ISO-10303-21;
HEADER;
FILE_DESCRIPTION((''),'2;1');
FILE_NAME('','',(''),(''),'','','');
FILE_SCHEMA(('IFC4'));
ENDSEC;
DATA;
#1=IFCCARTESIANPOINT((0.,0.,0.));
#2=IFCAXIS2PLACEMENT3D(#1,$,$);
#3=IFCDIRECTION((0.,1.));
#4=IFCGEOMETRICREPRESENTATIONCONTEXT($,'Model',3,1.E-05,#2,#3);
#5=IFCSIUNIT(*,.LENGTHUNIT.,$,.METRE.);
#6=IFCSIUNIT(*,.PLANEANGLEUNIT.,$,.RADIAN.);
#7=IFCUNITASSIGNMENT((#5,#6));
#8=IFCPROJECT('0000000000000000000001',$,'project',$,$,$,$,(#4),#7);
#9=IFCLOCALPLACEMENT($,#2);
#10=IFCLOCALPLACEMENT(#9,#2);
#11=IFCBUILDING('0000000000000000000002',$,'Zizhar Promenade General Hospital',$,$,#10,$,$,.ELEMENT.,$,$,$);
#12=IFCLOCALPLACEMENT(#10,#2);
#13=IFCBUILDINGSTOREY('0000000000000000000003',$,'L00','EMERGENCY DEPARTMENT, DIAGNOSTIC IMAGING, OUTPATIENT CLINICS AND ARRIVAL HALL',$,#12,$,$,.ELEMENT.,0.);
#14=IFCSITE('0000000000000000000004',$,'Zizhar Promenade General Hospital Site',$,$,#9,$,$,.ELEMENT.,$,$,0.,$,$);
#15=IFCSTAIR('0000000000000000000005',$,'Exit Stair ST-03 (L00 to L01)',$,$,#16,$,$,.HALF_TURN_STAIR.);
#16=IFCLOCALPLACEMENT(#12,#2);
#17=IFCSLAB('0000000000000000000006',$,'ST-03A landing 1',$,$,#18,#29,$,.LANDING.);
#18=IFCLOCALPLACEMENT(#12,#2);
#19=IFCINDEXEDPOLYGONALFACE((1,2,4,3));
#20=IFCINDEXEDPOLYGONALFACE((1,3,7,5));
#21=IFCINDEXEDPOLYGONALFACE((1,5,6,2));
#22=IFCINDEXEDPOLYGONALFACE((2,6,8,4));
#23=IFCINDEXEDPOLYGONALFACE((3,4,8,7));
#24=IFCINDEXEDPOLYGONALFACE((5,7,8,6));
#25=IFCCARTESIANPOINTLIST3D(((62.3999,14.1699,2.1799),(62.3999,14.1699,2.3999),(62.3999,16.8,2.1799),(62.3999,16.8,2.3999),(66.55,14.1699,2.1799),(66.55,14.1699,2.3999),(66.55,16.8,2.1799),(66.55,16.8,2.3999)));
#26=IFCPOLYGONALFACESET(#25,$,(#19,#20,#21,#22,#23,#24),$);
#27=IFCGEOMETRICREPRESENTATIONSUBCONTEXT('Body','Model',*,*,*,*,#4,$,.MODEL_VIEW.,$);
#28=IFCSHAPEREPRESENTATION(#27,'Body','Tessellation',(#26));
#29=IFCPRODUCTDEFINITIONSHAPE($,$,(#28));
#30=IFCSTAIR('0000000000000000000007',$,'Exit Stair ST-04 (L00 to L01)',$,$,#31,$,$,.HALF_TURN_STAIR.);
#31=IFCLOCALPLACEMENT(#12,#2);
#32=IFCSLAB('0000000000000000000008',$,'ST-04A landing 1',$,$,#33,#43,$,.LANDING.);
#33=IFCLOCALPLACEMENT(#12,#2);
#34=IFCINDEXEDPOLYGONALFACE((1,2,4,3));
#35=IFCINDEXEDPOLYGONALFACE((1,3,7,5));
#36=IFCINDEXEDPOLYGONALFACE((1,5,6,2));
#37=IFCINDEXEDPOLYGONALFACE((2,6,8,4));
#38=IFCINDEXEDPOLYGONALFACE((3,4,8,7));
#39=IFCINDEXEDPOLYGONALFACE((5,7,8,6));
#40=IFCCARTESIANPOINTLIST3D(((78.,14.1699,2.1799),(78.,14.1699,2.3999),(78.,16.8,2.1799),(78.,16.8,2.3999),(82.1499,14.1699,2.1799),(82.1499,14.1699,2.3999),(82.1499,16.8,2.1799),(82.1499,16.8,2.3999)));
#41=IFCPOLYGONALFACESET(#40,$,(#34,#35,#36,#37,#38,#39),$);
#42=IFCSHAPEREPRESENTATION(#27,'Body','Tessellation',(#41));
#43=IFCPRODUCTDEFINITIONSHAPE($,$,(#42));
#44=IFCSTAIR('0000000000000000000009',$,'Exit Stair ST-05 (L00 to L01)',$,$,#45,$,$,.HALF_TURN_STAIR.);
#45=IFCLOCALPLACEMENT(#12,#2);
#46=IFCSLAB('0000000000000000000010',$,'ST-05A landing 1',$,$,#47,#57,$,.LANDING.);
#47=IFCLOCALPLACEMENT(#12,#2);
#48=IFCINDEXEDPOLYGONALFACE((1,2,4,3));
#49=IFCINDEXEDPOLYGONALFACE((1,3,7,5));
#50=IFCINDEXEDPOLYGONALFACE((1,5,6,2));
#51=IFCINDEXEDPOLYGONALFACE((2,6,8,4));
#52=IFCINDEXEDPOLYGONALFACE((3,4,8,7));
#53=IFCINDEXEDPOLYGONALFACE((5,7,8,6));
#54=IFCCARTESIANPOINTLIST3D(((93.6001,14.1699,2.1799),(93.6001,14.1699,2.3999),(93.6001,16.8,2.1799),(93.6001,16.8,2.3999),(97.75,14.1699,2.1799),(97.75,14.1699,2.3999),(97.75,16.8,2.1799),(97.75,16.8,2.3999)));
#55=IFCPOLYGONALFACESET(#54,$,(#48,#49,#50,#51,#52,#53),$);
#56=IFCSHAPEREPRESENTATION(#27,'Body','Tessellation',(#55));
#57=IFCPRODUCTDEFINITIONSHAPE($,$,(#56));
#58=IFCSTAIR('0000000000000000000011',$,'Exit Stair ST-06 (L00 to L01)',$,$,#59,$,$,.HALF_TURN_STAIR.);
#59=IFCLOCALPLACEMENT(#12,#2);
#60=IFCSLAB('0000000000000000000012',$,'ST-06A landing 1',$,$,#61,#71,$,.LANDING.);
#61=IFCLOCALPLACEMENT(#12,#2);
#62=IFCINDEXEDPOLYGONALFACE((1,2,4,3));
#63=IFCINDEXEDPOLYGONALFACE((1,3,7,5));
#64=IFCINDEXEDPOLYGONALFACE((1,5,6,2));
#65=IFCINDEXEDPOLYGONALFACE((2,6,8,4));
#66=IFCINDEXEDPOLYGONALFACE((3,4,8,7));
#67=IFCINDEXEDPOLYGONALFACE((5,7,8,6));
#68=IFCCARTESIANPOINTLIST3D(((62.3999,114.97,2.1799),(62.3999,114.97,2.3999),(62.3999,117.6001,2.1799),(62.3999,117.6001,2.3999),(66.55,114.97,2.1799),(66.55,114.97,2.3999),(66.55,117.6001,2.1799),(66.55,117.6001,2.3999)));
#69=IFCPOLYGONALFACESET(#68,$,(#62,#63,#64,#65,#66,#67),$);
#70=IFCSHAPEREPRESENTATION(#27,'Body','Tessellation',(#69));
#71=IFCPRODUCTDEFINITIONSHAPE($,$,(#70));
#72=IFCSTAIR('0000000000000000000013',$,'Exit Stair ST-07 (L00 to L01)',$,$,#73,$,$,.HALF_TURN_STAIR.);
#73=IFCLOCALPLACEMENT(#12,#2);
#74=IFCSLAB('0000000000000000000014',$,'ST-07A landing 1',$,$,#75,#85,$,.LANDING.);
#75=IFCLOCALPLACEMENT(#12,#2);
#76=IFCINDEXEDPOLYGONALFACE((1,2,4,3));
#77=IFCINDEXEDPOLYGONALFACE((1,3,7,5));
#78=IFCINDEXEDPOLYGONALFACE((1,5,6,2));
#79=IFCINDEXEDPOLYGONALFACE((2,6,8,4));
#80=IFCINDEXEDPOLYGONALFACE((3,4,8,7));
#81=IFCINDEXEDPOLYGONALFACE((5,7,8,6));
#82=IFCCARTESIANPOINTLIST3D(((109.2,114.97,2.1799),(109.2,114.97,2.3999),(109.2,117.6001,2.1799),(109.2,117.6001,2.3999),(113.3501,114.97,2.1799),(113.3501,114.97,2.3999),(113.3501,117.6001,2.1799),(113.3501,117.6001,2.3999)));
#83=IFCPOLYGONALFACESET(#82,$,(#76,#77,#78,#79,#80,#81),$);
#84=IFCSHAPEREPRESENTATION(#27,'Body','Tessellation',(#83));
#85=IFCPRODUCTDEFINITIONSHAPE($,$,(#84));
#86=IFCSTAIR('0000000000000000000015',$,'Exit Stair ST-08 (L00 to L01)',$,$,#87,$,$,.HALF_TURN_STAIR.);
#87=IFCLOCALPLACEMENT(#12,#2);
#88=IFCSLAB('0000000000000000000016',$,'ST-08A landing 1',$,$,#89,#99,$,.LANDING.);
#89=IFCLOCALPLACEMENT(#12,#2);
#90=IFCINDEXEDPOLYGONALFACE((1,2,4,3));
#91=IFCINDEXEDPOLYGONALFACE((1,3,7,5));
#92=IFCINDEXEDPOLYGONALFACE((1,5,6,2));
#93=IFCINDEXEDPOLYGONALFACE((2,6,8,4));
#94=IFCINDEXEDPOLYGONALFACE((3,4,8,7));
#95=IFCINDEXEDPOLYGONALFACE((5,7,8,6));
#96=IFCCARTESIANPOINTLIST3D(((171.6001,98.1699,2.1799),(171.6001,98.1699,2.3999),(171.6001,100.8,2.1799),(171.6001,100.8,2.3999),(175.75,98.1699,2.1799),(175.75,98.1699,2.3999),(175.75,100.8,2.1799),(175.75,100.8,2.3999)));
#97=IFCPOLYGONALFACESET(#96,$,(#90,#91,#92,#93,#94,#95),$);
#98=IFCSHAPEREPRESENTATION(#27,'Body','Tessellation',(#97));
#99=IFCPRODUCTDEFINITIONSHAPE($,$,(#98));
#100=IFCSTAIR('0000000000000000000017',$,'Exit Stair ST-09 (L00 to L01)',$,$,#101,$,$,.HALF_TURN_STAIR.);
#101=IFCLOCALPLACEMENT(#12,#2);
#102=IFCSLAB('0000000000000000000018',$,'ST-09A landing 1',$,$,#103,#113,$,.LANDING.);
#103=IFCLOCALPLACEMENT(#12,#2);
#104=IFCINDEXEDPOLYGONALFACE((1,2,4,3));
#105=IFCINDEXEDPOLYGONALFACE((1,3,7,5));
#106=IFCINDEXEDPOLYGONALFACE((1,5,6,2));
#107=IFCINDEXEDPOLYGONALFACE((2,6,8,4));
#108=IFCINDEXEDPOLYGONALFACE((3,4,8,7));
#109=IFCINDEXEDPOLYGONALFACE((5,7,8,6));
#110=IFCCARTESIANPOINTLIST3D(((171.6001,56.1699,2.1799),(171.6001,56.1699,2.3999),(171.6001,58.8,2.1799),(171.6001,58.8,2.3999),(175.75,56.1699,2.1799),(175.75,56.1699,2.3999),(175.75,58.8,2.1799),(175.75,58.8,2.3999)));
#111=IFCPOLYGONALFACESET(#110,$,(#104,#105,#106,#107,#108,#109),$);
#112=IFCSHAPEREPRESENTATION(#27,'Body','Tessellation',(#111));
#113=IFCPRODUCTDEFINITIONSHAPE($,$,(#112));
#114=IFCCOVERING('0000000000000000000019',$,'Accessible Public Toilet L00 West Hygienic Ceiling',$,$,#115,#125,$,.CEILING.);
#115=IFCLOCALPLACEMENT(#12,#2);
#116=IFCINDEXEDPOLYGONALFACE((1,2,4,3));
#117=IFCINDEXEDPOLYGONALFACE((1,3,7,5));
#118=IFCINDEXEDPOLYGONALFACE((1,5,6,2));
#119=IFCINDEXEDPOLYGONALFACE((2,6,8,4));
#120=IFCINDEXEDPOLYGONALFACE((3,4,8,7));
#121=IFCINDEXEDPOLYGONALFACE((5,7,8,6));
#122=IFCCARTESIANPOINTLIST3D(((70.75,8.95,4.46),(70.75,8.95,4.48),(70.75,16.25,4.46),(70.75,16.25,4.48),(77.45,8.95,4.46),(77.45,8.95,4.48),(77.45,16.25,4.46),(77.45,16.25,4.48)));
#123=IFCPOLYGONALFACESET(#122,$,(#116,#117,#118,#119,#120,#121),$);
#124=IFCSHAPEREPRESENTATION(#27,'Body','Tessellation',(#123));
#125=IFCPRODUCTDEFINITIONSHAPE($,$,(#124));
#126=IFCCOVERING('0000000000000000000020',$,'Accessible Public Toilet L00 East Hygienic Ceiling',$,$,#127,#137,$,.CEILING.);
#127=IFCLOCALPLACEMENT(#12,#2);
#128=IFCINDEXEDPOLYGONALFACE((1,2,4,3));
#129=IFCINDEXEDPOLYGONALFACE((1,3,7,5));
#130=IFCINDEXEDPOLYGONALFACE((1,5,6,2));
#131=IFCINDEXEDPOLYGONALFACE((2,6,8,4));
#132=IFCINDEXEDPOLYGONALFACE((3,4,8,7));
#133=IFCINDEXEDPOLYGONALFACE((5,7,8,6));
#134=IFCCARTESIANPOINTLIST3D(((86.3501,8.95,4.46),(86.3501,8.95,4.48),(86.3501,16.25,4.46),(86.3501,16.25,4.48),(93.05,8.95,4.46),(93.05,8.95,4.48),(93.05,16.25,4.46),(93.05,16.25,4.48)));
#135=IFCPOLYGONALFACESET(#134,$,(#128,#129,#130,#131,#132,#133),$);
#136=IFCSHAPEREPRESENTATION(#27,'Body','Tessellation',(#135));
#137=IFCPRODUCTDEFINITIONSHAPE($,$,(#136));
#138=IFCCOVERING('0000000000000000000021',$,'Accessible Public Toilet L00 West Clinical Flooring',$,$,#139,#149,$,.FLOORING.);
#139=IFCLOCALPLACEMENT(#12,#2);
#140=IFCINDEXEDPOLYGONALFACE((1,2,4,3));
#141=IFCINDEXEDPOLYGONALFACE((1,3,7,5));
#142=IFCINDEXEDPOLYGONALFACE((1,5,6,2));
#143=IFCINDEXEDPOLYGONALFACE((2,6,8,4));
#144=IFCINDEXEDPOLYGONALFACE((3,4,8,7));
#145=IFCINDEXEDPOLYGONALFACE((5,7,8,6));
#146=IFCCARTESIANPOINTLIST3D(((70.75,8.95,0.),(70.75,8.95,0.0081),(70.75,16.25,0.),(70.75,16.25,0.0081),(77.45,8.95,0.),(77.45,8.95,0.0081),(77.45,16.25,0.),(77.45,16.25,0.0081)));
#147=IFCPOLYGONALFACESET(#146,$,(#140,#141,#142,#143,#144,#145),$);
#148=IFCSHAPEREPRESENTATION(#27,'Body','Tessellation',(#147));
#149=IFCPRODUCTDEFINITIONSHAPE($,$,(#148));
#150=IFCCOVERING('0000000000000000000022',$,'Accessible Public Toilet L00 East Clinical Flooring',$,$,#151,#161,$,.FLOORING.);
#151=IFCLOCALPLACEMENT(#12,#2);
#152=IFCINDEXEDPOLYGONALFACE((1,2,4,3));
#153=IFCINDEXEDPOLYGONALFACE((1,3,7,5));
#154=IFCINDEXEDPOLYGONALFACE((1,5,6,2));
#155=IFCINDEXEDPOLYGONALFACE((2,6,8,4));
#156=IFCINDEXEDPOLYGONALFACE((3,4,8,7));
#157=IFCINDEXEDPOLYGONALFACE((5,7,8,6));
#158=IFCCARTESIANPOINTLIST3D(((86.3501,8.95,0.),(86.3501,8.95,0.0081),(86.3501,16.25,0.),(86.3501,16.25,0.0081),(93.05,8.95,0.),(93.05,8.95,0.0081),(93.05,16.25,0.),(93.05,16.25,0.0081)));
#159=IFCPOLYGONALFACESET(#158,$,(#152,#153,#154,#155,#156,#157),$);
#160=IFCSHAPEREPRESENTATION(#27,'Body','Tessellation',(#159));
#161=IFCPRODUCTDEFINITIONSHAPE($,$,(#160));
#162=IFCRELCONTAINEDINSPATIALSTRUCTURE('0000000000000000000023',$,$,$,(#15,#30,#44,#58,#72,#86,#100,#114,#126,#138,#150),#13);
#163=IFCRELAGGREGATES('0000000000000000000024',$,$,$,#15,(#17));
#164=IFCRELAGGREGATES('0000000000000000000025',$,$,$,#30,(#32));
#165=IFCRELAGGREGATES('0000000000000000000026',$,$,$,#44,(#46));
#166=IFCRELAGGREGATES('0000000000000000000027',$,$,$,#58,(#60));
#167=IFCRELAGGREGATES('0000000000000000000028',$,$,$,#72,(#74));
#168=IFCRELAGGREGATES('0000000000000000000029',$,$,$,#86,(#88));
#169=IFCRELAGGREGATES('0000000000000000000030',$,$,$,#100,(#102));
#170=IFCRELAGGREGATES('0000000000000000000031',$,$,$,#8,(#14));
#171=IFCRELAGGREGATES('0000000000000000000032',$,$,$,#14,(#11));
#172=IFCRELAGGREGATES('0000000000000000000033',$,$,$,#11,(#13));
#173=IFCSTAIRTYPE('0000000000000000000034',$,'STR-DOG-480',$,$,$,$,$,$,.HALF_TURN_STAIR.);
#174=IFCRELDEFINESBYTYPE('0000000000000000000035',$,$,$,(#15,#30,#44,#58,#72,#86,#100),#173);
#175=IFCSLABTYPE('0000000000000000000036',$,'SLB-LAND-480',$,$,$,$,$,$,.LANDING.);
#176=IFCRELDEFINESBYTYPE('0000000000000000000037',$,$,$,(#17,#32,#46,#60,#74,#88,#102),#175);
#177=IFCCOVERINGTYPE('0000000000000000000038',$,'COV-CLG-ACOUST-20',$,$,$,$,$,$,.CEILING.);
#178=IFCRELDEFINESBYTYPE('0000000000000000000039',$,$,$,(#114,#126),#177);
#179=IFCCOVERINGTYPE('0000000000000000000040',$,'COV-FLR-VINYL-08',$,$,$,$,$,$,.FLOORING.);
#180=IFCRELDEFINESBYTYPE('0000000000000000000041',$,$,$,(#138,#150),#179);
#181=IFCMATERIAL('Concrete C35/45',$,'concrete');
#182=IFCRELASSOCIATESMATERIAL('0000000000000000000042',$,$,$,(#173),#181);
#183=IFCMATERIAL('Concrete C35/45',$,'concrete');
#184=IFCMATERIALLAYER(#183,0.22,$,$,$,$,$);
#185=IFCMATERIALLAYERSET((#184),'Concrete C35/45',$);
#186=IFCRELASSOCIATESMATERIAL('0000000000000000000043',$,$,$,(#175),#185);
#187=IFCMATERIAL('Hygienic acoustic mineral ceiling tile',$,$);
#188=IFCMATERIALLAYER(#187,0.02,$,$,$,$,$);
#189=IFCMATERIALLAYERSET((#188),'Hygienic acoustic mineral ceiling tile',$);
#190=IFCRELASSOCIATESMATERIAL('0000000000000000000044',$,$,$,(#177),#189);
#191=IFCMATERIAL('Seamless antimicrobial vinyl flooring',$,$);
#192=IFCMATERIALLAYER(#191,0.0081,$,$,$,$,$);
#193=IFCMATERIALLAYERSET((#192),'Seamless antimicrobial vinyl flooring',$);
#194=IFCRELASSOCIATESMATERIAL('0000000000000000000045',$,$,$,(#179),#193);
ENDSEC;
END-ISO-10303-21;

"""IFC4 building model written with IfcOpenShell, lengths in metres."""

from ifc_helpers import new_model, si_unit, direction, frame, origin, place, context, subcontext, project, spatial, polyline, outline, extrude, material, layer, layer_set, type_object, element, aggregate, save


model = new_model("IFC4")

# Units and contexts
model_context = context("Model", 3, precision=1e-05, world=origin(), true_north=direction((0.0, 1.0)))
body_context = subcontext(model_context, "Body", "Model", "MODEL_VIEW")
ifc_project = project(units=[si_unit("LENGTHUNIT", "METRE"), si_unit("PLANEANGLEUNIT", "RADIAN")], contexts=[model_context])

# Site, building, storey
site_placement = place(None, origin())
site = spatial("IfcSite", under=ifc_project, at=site_placement, Name="Zizhar Promenade General Hospital Site", CompositionType="ELEMENT", RefElevation=0.0)
building_placement = place(site_placement, origin())
building = spatial("IfcBuilding", under=site, at=building_placement, Name="Zizhar Promenade General Hospital", CompositionType="ELEMENT")
storey_placement = place(building_placement, origin())
storey = spatial("IfcBuildingStorey", under=building, at=storey_placement, Name="L00", Description="EMERGENCY DEPARTMENT, DIAGNOSTIC IMAGING, OUTPATIENT CLINICS AND ARRIVAL HALL", CompositionType="ELEMENT", Elevation=0.0)

# Stairs, slabs
ifc_material_1 = material(Name="Concrete C35/45", Category="concrete")
stair_type = type_object("IfcStairType", Name="STR-DOG-480", PredefinedType="HALF_TURN_STAIR", material=ifc_material_1)
ifc_material_2 = material(Name="Concrete C35/45", Category="concrete")
ifc_layer_1 = layer(ifc_material_2, 0.22)
ifc_layer_set_1 = layer_set([ifc_layer_1], Name="Concrete C35/45")
slab_type_1 = type_object("IfcSlabType", Name="SLB-LAND-480", PredefinedType="LANDING", material=ifc_layer_set_1)
stair_1_placement = place(storey_placement, origin())
stair_1 = element("IfcStair", 1, at=stair_1_placement, inside=storey, type_object=stair_type, Name="Exit Stair ST-03 (L00 to L01)", PredefinedType="HALF_TURN_STAIR")
slab_1_placement = place(storey_placement, frame((0.0, 0.0, 2.1799)))
slab_1 = element("IfcSlab", 2, at=slab_1_placement, type_object=slab_type_1, Name="ST-03A landing 1", PredefinedType="LANDING", context=body_context, shape_type="SweptSolid", body=[
    extrude(outline(polyline([(62.3999, 14.1699), (66.55, 14.1699), (66.55, 16.8), (62.3999, 16.8), (62.3999, 14.1699)])), origin(), (0.0, 0.0, 1.0), 0.22),
])
aggregate(stair_1, [slab_1])
stair_2_placement = place(storey_placement, origin())
stair_2 = element("IfcStair", 3, at=stair_2_placement, inside=storey, type_object=stair_type, Name="Exit Stair ST-04 (L00 to L01)", PredefinedType="HALF_TURN_STAIR")
slab_2_placement = place(storey_placement, frame((0.0, 0.0, 2.1799)))
slab_2 = element("IfcSlab", 4, at=slab_2_placement, type_object=slab_type_1, Name="ST-04A landing 1", PredefinedType="LANDING", context=body_context, shape_type="SweptSolid", body=[
    extrude(outline(polyline([(78.0, 14.1699), (82.1499, 14.1699), (82.1499, 16.8), (78.0, 16.8), (78.0, 14.1699)])), origin(), (0.0, 0.0, 1.0), 0.22),
])
aggregate(stair_2, [slab_2])
stair_3_placement = place(storey_placement, origin())
stair_3 = element("IfcStair", 5, at=stair_3_placement, inside=storey, type_object=stair_type, Name="Exit Stair ST-05 (L00 to L01)", PredefinedType="HALF_TURN_STAIR")
slab_3_placement = place(storey_placement, frame((0.0, 0.0, 2.1799)))
slab_3 = element("IfcSlab", 6, at=slab_3_placement, type_object=slab_type_1, Name="ST-05A landing 1", PredefinedType="LANDING", context=body_context, shape_type="SweptSolid", body=[
    extrude(outline(polyline([(93.6001, 14.1699), (97.75, 14.1699), (97.75, 16.8), (93.6001, 16.8), (93.6001, 14.1699)])), origin(), (0.0, 0.0, 1.0), 0.22),
])
aggregate(stair_3, [slab_3])
stair_4_placement = place(storey_placement, origin())
stair_4 = element("IfcStair", 7, at=stair_4_placement, inside=storey, type_object=stair_type, Name="Exit Stair ST-06 (L00 to L01)", PredefinedType="HALF_TURN_STAIR")
slab_4_placement = place(storey_placement, frame((0.0, 0.0, 2.1799)))
slab_4 = element("IfcSlab", 8, at=slab_4_placement, type_object=slab_type_1, Name="ST-06A landing 1", PredefinedType="LANDING", context=body_context, shape_type="SweptSolid", body=[
    extrude(outline(polyline([(62.3999, 114.97), (66.55, 114.97), (66.55, 117.6001), (62.3999, 117.6001), (62.3999, 114.97)])), origin(), (0.0, 0.0, 1.0), 0.22),
])
aggregate(stair_4, [slab_4])
stair_5_placement = place(storey_placement, origin())
stair_5 = element("IfcStair", 9, at=stair_5_placement, inside=storey, type_object=stair_type, Name="Exit Stair ST-07 (L00 to L01)", PredefinedType="HALF_TURN_STAIR")
slab_5_placement = place(storey_placement, frame((0.0, 0.0, 2.1799)))
slab_5 = element("IfcSlab", 10, at=slab_5_placement, type_object=slab_type_1, Name="ST-07A landing 1", PredefinedType="LANDING", context=body_context, shape_type="SweptSolid", body=[
    extrude(outline(polyline([(109.2, 114.97), (113.3501, 114.97), (113.3501, 117.6001), (109.2, 117.6001), (109.2, 114.97)])), origin(), (0.0, 0.0, 1.0), 0.22),
])
aggregate(stair_5, [slab_5])
stair_6_placement = place(storey_placement, origin())
stair_6 = element("IfcStair", 11, at=stair_6_placement, inside=storey, type_object=stair_type, Name="Exit Stair ST-08 (L00 to L01)", PredefinedType="HALF_TURN_STAIR")
slab_6_placement = place(storey_placement, frame((0.0, 0.0, 2.1799)))
slab_6 = element("IfcSlab", 12, at=slab_6_placement, type_object=slab_type_1, Name="ST-08A landing 1", PredefinedType="LANDING", context=body_context, shape_type="SweptSolid", body=[
    extrude(outline(polyline([(171.6001, 98.1699), (175.75, 98.1699), (175.75, 100.8), (171.6001, 100.8), (171.6001, 98.1699)])), origin(), (0.0, 0.0, 1.0), 0.22),
])
aggregate(stair_6, [slab_6])
stair_7_placement = place(storey_placement, origin())
stair_7 = element("IfcStair", 13, at=stair_7_placement, inside=storey, type_object=stair_type, Name="Exit Stair ST-09 (L00 to L01)", PredefinedType="HALF_TURN_STAIR")
slab_7_placement = place(storey_placement, frame((0.0, 0.0, 2.1799)))
slab_7 = element("IfcSlab", 14, at=slab_7_placement, type_object=slab_type_1, Name="ST-09A landing 1", PredefinedType="LANDING", context=body_context, shape_type="SweptSolid", body=[
    extrude(outline(polyline([(171.6001, 56.1699), (175.75, 56.1699), (175.75, 58.8), (171.6001, 58.8), (171.6001, 56.1699)])), origin(), (0.0, 0.0, 1.0), 0.22),
])
aggregate(stair_7, [slab_7])

# Coverings
ifc_material_3 = material(Name="Hygienic acoustic mineral ceiling tile")
ifc_layer_2 = layer(ifc_material_3, 0.02)
ifc_layer_set_2 = layer_set([ifc_layer_2], Name="Hygienic acoustic mineral ceiling tile")
covering_type_1 = type_object("IfcCoveringType", Name="COV-CLG-ACOUST-20", PredefinedType="CEILING", material=ifc_layer_set_2)
covering_1_placement = place(storey_placement, frame((0.0, 0.0, 4.46)))
element("IfcCovering", 15, at=covering_1_placement, inside=storey, type_object=covering_type_1, Name="Accessible Public Toilet L00 West Hygienic Ceiling", PredefinedType="CEILING", context=body_context, shape_type="SweptSolid", body=[
    extrude(outline(polyline([(70.75, 8.95), (77.45, 8.95), (77.45, 16.25), (70.75, 16.25), (70.75, 8.95)])), origin(), (0.0, 0.0, 1.0), 0.02),
])
covering_2_placement = place(storey_placement, frame((0.0, 0.0, 4.46)))
element("IfcCovering", 16, at=covering_2_placement, inside=storey, type_object=covering_type_1, Name="Accessible Public Toilet L00 East Hygienic Ceiling", PredefinedType="CEILING", context=body_context, shape_type="SweptSolid", body=[
    extrude(outline(polyline([(86.3501, 8.95), (93.05, 8.95), (93.05, 16.25), (86.3501, 16.25), (86.3501, 8.95)])), origin(), (0.0, 0.0, 1.0), 0.02),
])
ifc_material_4 = material(Name="Seamless antimicrobial vinyl flooring")
ifc_layer_3 = layer(ifc_material_4, 0.0081)
ifc_layer_set_3 = layer_set([ifc_layer_3], Name="Seamless antimicrobial vinyl flooring")
covering_type_2 = type_object("IfcCoveringType", Name="COV-FLR-VINYL-08", PredefinedType="FLOORING", material=ifc_layer_set_3)
covering_3_placement = place(storey_placement, origin())
element("IfcCovering", 17, at=covering_3_placement, inside=storey, type_object=covering_type_2, Name="Accessible Public Toilet L00 West Clinical Flooring", PredefinedType="FLOORING", context=body_context, shape_type="SweptSolid", body=[
    extrude(outline(polyline([(70.75, 8.95), (77.45, 8.95), (77.45, 16.25), (70.75, 16.25), (70.75, 8.95)])), origin(), (0.0, 0.0, 1.0), 0.0081),
])
covering_4_placement = place(storey_placement, origin())
element("IfcCovering", 18, at=covering_4_placement, inside=storey, type_object=covering_type_2, Name="Accessible Public Toilet L00 East Clinical Flooring", PredefinedType="FLOORING", context=body_context, shape_type="SweptSolid", body=[
    extrude(outline(polyline([(86.3501, 8.95), (93.05, 8.95), (93.05, 16.25), (86.3501, 16.25), (86.3501, 8.95)])), origin(), (0.0, 0.0, 1.0), 0.0081),
])

save(model, "model.ifc")
